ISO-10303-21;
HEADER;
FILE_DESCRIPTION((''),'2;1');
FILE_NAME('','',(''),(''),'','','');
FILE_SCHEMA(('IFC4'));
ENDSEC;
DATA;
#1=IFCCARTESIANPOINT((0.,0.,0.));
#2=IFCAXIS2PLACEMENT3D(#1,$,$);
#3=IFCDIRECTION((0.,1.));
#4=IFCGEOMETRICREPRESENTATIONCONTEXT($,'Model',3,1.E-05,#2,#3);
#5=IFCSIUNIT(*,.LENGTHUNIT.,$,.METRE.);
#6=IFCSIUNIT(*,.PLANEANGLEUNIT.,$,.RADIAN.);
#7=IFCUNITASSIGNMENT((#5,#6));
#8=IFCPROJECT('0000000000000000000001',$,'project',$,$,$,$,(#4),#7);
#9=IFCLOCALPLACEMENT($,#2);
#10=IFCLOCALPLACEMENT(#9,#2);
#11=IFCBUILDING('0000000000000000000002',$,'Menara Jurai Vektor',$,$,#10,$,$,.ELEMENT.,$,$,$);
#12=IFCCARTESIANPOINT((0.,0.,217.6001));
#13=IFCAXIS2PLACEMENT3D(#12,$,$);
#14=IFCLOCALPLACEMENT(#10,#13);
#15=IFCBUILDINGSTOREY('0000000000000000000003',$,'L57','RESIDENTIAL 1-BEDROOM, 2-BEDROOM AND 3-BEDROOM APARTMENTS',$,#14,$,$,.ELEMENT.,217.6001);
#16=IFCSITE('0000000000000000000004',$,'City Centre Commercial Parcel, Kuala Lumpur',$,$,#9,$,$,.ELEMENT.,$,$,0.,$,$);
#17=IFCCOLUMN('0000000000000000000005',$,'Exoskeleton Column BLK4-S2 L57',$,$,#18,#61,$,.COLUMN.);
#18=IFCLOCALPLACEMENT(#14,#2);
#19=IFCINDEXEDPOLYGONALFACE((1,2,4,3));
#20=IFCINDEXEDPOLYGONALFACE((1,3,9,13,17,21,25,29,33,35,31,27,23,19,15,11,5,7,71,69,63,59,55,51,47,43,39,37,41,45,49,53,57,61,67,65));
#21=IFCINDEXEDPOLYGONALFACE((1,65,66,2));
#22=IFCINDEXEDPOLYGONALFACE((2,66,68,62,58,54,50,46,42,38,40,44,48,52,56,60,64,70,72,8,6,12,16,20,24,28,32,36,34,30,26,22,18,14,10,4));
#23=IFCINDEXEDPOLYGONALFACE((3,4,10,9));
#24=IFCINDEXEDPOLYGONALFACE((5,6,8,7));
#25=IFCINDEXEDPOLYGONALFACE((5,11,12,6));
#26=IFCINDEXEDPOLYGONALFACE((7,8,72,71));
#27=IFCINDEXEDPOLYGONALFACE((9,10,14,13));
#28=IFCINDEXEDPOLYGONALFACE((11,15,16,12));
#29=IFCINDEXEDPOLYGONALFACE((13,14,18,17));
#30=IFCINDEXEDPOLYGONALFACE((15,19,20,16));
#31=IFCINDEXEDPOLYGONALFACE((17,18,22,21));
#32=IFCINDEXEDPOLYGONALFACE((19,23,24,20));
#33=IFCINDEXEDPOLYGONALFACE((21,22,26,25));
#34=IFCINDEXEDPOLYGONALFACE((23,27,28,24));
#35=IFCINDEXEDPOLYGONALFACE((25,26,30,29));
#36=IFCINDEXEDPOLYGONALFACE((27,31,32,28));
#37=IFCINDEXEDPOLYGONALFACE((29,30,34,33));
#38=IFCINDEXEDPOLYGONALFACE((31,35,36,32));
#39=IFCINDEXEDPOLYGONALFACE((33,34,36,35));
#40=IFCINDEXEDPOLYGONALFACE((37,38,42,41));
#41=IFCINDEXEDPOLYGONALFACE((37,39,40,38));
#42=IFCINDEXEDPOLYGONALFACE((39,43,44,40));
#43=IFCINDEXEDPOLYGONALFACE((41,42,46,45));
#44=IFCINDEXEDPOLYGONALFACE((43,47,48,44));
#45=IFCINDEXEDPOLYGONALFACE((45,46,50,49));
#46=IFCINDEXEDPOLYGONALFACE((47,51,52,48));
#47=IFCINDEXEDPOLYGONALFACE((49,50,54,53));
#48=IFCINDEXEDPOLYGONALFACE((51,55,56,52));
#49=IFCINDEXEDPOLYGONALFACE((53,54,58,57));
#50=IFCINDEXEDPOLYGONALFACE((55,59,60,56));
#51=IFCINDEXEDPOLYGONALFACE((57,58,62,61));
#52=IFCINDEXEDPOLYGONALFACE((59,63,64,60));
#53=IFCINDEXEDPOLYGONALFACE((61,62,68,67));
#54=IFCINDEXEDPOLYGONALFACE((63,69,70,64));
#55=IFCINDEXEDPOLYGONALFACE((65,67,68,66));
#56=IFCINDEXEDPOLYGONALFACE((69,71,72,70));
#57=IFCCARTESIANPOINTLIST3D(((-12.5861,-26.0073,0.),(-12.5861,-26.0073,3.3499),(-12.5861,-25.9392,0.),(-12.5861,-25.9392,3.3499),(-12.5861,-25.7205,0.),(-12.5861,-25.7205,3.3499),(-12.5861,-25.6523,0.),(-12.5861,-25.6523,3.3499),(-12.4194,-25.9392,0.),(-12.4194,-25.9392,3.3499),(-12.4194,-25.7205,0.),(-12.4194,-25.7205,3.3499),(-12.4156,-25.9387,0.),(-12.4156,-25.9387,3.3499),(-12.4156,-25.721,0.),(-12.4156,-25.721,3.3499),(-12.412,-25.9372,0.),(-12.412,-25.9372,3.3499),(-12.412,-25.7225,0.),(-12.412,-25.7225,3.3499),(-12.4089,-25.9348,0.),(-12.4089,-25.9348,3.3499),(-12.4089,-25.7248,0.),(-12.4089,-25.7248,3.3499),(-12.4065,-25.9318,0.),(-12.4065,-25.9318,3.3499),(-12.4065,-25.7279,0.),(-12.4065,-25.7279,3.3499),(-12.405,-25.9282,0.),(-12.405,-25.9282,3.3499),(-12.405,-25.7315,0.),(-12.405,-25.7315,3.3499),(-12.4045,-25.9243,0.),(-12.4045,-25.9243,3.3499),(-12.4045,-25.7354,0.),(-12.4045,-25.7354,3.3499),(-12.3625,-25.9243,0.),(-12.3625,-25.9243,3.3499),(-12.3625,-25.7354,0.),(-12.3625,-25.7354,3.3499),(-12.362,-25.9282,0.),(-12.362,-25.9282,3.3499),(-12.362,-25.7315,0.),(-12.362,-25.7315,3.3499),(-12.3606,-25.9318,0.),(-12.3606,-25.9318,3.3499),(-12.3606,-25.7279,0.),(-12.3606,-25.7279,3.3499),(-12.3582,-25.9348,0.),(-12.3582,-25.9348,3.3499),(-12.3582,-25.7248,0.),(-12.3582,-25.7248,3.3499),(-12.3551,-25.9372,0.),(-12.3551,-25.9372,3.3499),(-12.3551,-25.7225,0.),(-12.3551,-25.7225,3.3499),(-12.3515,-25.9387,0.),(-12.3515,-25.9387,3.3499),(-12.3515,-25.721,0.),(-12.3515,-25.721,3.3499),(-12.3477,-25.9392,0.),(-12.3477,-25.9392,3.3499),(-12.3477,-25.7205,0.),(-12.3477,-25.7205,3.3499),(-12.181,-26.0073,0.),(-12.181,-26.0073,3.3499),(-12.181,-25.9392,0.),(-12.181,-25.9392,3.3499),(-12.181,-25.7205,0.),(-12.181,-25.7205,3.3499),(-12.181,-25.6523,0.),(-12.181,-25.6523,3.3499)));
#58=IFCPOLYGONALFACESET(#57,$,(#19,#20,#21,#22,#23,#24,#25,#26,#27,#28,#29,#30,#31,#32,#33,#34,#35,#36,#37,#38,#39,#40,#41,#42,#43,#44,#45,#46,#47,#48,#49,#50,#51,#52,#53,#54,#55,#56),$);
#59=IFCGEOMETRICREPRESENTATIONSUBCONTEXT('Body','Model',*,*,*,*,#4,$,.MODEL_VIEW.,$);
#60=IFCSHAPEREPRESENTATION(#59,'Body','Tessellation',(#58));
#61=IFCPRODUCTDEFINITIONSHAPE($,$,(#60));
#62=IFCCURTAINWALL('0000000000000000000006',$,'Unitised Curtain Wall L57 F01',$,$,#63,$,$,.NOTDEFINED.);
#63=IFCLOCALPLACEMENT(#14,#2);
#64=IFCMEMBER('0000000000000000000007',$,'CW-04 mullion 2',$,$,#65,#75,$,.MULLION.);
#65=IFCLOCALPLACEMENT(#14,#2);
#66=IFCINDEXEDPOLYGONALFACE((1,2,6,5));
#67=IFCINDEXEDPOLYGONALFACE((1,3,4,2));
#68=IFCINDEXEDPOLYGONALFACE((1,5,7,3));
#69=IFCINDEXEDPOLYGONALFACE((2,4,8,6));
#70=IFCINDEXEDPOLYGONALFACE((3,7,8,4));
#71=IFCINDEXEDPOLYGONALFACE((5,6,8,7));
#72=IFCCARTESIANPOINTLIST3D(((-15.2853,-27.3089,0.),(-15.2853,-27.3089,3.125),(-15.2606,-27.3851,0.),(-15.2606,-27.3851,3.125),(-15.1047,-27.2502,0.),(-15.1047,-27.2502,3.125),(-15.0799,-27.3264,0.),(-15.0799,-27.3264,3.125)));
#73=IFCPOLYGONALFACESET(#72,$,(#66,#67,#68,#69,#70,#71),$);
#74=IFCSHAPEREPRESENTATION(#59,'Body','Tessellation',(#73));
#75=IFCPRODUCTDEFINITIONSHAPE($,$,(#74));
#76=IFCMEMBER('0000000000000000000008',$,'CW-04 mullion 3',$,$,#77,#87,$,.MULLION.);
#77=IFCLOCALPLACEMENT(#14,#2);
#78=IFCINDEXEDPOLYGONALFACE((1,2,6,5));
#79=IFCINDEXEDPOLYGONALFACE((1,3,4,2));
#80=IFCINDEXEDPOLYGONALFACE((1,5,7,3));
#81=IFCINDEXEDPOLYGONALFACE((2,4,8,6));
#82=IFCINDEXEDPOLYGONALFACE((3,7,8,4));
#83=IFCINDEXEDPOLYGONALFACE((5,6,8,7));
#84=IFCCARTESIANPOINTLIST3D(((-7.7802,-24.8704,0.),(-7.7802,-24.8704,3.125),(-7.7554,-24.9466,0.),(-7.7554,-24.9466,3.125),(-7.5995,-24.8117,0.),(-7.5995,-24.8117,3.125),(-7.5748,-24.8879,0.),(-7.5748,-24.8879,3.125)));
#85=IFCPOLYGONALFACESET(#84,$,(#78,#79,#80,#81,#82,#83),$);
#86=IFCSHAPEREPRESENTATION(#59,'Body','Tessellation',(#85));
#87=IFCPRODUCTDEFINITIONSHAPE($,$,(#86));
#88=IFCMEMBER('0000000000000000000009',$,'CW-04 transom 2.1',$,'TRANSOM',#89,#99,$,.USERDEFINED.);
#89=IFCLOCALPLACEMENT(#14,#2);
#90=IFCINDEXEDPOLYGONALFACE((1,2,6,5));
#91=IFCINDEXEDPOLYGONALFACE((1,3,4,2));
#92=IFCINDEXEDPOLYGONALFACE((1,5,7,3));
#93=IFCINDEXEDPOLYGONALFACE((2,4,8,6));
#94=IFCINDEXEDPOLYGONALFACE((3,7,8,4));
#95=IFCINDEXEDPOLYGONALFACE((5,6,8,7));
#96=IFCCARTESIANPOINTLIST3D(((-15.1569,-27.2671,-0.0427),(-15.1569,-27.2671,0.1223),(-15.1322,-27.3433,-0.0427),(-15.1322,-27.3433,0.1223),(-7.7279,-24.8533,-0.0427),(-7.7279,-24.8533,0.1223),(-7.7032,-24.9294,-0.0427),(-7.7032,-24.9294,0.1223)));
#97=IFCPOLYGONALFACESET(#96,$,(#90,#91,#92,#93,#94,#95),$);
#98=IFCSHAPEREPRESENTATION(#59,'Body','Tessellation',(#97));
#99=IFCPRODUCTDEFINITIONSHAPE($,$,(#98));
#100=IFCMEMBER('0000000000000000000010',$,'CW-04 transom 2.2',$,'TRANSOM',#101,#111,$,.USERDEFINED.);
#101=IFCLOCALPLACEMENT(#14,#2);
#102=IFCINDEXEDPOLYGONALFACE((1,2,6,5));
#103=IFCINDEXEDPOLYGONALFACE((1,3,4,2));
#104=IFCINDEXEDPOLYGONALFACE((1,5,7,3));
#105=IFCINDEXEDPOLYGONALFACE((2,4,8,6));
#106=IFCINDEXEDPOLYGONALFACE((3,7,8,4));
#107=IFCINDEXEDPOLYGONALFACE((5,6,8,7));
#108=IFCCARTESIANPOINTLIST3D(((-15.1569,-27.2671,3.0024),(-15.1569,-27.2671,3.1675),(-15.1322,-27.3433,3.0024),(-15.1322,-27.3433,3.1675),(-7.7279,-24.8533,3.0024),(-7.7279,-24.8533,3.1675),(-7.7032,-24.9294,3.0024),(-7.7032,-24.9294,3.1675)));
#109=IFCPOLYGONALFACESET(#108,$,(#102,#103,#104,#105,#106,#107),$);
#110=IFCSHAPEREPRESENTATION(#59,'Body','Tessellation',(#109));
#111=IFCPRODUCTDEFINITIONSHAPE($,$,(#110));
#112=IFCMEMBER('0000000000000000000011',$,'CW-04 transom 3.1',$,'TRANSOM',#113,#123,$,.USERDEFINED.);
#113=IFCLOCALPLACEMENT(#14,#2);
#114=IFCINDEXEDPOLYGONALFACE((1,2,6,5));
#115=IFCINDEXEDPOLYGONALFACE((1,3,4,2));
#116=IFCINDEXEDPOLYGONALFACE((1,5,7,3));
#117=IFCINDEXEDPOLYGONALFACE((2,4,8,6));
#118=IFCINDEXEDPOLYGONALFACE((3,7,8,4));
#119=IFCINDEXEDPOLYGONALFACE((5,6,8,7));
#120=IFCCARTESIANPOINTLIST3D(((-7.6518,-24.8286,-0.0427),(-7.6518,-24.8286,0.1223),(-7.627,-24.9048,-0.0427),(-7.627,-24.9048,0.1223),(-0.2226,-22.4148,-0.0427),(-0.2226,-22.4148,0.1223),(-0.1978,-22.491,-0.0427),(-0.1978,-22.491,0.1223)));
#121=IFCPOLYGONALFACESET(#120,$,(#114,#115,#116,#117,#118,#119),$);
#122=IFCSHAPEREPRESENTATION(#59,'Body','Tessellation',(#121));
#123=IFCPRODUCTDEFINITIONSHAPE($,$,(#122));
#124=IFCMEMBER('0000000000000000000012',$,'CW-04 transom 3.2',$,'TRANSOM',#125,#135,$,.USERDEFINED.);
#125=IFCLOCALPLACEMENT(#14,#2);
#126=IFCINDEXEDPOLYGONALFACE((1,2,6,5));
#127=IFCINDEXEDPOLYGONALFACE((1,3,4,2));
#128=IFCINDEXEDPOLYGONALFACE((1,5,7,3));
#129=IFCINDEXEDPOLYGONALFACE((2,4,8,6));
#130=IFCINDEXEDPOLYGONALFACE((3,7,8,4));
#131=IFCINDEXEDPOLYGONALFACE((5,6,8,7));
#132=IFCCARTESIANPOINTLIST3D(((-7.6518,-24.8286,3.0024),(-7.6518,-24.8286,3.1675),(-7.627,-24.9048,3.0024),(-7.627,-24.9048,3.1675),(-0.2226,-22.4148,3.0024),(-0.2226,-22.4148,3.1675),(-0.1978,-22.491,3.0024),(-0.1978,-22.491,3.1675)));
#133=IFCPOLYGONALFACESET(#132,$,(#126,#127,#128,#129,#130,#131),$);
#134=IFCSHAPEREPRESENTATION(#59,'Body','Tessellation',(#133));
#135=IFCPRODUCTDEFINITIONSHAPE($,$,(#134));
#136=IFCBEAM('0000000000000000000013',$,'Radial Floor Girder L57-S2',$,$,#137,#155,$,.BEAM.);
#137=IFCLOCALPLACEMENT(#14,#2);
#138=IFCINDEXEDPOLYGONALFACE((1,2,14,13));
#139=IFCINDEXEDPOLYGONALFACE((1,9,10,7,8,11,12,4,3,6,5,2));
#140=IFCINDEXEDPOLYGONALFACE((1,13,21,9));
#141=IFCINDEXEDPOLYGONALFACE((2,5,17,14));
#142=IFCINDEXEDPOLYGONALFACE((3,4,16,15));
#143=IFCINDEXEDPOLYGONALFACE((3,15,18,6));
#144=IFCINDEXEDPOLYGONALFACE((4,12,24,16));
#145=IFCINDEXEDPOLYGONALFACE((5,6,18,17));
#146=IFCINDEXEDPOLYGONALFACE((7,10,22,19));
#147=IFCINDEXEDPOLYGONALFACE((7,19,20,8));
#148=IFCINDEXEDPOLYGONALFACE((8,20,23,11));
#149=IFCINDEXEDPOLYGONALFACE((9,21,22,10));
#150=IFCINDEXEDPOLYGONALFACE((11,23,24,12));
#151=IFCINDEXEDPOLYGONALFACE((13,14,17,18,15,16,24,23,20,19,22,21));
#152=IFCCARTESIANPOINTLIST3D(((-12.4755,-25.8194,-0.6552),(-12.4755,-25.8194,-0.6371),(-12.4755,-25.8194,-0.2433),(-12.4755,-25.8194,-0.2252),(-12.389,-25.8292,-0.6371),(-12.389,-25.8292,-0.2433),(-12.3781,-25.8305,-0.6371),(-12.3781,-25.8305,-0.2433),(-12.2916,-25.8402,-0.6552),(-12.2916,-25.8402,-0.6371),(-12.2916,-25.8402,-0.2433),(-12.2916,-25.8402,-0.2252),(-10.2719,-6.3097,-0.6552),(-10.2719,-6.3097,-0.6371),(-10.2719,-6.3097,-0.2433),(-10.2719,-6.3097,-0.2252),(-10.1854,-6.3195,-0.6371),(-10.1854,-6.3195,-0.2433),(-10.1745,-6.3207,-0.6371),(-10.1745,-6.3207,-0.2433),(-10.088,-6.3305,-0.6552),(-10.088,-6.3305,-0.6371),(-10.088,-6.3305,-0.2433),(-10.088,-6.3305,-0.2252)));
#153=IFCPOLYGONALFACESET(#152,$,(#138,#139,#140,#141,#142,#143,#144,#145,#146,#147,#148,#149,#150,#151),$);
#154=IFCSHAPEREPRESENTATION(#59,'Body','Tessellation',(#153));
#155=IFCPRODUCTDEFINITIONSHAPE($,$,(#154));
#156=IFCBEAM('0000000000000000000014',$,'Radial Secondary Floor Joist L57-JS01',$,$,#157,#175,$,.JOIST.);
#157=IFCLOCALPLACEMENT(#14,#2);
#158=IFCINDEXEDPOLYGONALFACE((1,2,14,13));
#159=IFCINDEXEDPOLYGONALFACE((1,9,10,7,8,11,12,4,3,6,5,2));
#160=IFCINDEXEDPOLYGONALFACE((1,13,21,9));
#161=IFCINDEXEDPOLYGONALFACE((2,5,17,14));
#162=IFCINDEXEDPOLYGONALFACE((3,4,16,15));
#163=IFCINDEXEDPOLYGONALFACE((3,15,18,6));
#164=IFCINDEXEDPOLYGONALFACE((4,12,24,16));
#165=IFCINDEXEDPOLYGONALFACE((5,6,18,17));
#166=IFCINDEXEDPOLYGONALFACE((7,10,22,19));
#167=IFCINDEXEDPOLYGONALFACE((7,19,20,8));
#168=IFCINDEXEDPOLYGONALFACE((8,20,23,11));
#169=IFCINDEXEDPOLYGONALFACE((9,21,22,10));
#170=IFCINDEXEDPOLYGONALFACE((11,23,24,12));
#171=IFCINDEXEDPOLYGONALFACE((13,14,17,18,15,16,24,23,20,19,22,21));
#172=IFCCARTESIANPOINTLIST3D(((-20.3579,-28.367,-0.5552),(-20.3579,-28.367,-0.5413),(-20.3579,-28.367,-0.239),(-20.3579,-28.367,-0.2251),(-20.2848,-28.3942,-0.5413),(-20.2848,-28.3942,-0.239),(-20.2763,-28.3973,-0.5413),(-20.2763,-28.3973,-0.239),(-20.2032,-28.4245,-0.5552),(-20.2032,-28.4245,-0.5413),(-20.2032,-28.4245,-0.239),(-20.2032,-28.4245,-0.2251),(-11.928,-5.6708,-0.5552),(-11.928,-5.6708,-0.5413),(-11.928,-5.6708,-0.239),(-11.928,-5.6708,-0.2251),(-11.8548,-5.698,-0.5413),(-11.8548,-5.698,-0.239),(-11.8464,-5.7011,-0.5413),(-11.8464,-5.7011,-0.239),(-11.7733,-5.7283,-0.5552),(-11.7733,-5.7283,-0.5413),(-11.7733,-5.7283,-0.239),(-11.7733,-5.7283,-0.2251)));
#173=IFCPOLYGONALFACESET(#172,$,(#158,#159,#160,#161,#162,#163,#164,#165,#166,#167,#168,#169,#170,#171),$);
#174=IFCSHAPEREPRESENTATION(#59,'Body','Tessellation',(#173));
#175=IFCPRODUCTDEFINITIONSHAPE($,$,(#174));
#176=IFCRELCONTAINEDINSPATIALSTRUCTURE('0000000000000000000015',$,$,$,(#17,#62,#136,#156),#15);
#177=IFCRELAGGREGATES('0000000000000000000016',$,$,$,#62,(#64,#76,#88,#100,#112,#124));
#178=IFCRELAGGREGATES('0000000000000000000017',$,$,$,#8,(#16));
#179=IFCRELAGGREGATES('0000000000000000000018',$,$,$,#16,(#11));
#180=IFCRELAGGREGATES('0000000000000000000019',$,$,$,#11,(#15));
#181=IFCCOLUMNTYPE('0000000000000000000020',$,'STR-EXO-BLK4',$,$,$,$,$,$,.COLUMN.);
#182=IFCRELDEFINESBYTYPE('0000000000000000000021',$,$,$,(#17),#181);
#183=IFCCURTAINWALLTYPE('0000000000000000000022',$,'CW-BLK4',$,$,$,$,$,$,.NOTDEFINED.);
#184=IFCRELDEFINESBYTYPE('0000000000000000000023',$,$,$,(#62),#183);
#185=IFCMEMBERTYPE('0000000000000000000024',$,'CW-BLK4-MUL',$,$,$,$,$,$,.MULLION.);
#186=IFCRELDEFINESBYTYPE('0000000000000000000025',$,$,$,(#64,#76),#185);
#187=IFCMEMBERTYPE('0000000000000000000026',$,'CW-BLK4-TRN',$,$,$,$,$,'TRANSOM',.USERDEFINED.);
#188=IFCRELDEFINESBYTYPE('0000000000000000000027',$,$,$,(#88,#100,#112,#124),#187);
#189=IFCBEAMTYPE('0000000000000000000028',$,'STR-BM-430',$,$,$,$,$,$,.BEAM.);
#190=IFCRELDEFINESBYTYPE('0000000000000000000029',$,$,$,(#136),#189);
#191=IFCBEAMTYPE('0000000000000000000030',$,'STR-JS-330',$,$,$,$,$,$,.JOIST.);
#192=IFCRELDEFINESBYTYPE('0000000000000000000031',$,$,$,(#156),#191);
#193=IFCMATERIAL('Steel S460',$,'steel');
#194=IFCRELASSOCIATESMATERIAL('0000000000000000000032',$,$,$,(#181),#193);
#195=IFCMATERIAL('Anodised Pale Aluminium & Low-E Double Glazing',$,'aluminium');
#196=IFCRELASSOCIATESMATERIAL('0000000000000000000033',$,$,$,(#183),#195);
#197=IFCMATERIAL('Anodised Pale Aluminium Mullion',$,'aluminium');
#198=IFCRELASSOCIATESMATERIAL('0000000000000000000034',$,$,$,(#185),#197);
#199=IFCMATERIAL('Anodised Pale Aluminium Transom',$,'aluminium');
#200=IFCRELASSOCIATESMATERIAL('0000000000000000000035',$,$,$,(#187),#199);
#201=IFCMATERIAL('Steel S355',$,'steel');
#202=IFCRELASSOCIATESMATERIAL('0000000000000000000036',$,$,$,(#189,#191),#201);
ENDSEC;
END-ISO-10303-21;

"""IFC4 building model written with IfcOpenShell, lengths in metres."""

from ifc_helpers import new_model, si_unit, direction, frame, origin, origin_2d, place, context, subcontext, project, spatial, rectangle, i_section, extrude, material, material_profile, profile_set, type_object, element, aggregate, save


model = new_model("IFC4")

# Units and contexts
model_context = context("Model", 3, precision=1e-05, world=origin(), true_north=direction((0.0, 1.0)))
body_context = subcontext(model_context, "Body", "Model", "MODEL_VIEW")
ifc_project = project(units=[si_unit("LENGTHUNIT", "METRE"), si_unit("PLANEANGLEUNIT", "RADIAN")], contexts=[model_context])

# Site, building, storey
site_placement = place(None, origin())
site = spatial("IfcSite", under=ifc_project, at=site_placement, Name="City Centre Commercial Parcel, Kuala Lumpur", CompositionType="ELEMENT", RefElevation=0.0)
building_placement = place(site_placement, origin())
building = spatial("IfcBuilding", under=site, at=building_placement, Name="Menara Jurai Vektor", CompositionType="ELEMENT")
storey_placement = place(building_placement, frame((0.0, 0.0, 217.6001)))
storey = spatial("IfcBuildingStorey", under=building, at=storey_placement, Name="L57", Description="RESIDENTIAL 1-BEDROOM, 2-BEDROOM AND 3-BEDROOM APARTMENTS", CompositionType="ELEMENT", Elevation=217.6001)

# Column
ifc_material_1 = material(Name="Steel S460", Category="steel")
ifc_material_profile_1 = material_profile(ifc_material_1, i_section(OverallWidth=0.405, OverallDepth=0.355, WebThickness=0.042, FlangeThickness=0.0681, FilletRadius=0.0149, at=origin_2d()), Name="HD 400x551")
ifc_profile_set_1 = profile_set([ifc_material_profile_1], Name="Steel S460")
column_type = type_object("IfcColumnType", Name="STR-EXO-BLK4", PredefinedType="COLUMN", material=ifc_profile_set_1)
column_placement = place(storey_placement, frame((-12.3835, -25.8298, 0.0), z_axis=(0.0, 0.0, 1.0), x_axis=(1.0, 0.0, 0.0)))
element("IfcColumn", 1, at=column_placement, inside=storey, type_object=column_type, Name="Exoskeleton Column BLK4-S2 L57", PredefinedType="COLUMN", context=body_context, shape_type="SweptSolid", body=[
    extrude(i_section(OverallWidth=0.405, OverallDepth=0.355, WebThickness=0.042, FlangeThickness=0.0681, FilletRadius=0.0149, at=origin_2d()), origin(), (0.0, 0.0, 1.0), 3.3499),
])

# Curtain wall, members
ifc_material_2 = material(Name="Anodised Pale Aluminium & Low-E Double Glazing", Category="aluminium")
curtain_wall_type = type_object("IfcCurtainWallType", Name="CW-BLK4", PredefinedType="NOTDEFINED", material=ifc_material_2)
curtain_wall_placement = place(storey_placement, origin())
curtain_wall = element("IfcCurtainWall", 2, at=curtain_wall_placement, inside=storey, type_object=curtain_wall_type, Name="Unitised Curtain Wall L57 F01", PredefinedType="NOTDEFINED")
ifc_material_3 = material(Name="Anodised Pale Aluminium Mullion", Category="aluminium")
ifc_material_profile_2 = material_profile(ifc_material_3, rectangle(XDim=0.0801, YDim=0.1899, at=origin_2d()), Name="ALU MUL 80x190")
ifc_profile_set_2 = profile_set([ifc_material_profile_2], Name="Anodised Pale Aluminium Mullion")
member_type_1 = type_object("IfcMemberType", Name="CW-BLK4-MUL", PredefinedType="MULLION", material=ifc_profile_set_2)
member_1_placement = place(storey_placement, frame((-15.1826, -27.3176, 0.0), z_axis=(0.0, 0.0, 1.0), x_axis=(-0.309017, 0.951056, 0.0)))
member_1 = element("IfcMember", 3, at=member_1_placement, type_object=member_type_1, Name="CW-04 mullion 2", PredefinedType="MULLION", context=body_context, shape_type="SweptSolid", body=[
    extrude(rectangle(XDim=0.0801, YDim=0.1899, at=origin_2d()), origin(), (0.0, 0.0, 1.0), 3.125),
])
member_2_placement = place(storey_placement, frame((-7.6775, -24.8792, 0.0), z_axis=(0.0, 0.0, 1.0), x_axis=(-0.309017, 0.951056, 0.0)))
member_2 = element("IfcMember", 4, at=member_2_placement, type_object=member_type_1, Name="CW-04 mullion 3", PredefinedType="MULLION", context=body_context, shape_type="SweptSolid", body=[
    extrude(rectangle(XDim=0.0801, YDim=0.1899, at=origin_2d()), origin(), (0.0, 0.0, 1.0), 3.125),
])
ifc_material_4 = material(Name="Anodised Pale Aluminium Transom", Category="aluminium")
ifc_material_profile_3 = material_profile(ifc_material_4, rectangle(XDim=0.0801, YDim=0.165, at=origin_2d()), Name="ALU TRN 80x165")
ifc_profile_set_3 = profile_set([ifc_material_profile_3], Name="Anodised Pale Aluminium Transom")
member_type_2 = type_object("IfcMemberType", Name="CW-BLK4-TRN", ElementType="TRANSOM", PredefinedType="USERDEFINED", material=ifc_profile_set_3)
member_3_placement = place(storey_placement, frame((-15.1445, -27.3052, 0.0398), z_axis=(0.951056, 0.309018, 0.0), x_axis=(-0.309018, 0.951056, 0.0)))
member_3 = element("IfcMember", 5, at=member_3_placement, type_object=member_type_2, Name="CW-04 transom 2.1", ObjectType="TRANSOM", PredefinedType="USERDEFINED", context=body_context, shape_type="SweptSolid", body=[
    extrude(rectangle(XDim=0.0801, YDim=0.165, at=origin_2d()), origin(), (0.0, 0.0, 1.0), 7.8113),
])
member_4_placement = place(storey_placement, frame((-15.1445, -27.3052, 3.085), z_axis=(0.951056, 0.309018, 0.0), x_axis=(-0.309018, 0.951056, 0.0)))
member_4 = element("IfcMember", 6, at=member_4_placement, type_object=member_type_2, Name="CW-04 transom 2.2", ObjectType="TRANSOM", PredefinedType="USERDEFINED", context=body_context, shape_type="SweptSolid", body=[
    extrude(rectangle(XDim=0.0801, YDim=0.165, at=origin_2d()), origin(), (0.0, 0.0, 1.0), 7.8113),
])
member_5_placement = place(storey_placement, frame((-7.6394, -24.8667, 0.0398), z_axis=(0.951059, 0.309008, 0.0), x_axis=(-0.309008, 0.951059, 0.0)))
member_5 = element("IfcMember", 7, at=member_5_placement, type_object=member_type_2, Name="CW-04 transom 3.1", ObjectType="TRANSOM", PredefinedType="USERDEFINED", context=body_context, shape_type="SweptSolid", body=[
    extrude(rectangle(XDim=0.0801, YDim=0.165, at=origin_2d()), origin(), (0.0, 0.0, 1.0), 7.8115),
])
member_6_placement = place(storey_placement, frame((-7.6394, -24.8667, 3.085), z_axis=(0.951059, 0.309008, 0.0), x_axis=(-0.309008, 0.951059, 0.0)))
member_6 = element("IfcMember", 8, at=member_6_placement, type_object=member_type_2, Name="CW-04 transom 3.2", ObjectType="TRANSOM", PredefinedType="USERDEFINED", context=body_context, shape_type="SweptSolid", body=[
    extrude(rectangle(XDim=0.0801, YDim=0.165, at=origin_2d()), origin(), (0.0, 0.0, 1.0), 7.8115),
])

# Beams
ifc_material_5 = material(Name="Steel S355", Category="steel")
ifc_material_profile_4 = material_profile(ifc_material_5, i_section(OverallWidth=0.1851, OverallDepth=0.4299, WebThickness=0.011, FlangeThickness=0.0181, at=origin_2d()), Name="PG 430x185x76")
ifc_profile_set_4 = profile_set([ifc_material_profile_4], Name="Steel S355")
beam_type_1 = type_object("IfcBeamType", Name="STR-BM-430", PredefinedType="BEAM", material=ifc_profile_set_4)
beam_1_placement = place(storey_placement, frame((-12.3835, -25.8298, -0.4402), z_axis=(0.112236, 0.993682, 0.0), x_axis=(-0.993682, 0.112236, 0.0)))
element("IfcBeam", 9, at=beam_1_placement, inside=storey, type_object=beam_type_1, Name="Radial Floor Girder L57-S2", PredefinedType="BEAM", context=body_context, shape_type="SweptSolid", body=[
    extrude(i_section(OverallWidth=0.1851, OverallDepth=0.4299, WebThickness=0.011, FlangeThickness=0.0181, at=origin_2d()), origin(), (0.0, 0.0, 1.0), 19.6338),
])
ifc_material_profile_5 = material_profile(ifc_material_5, i_section(OverallWidth=0.165, OverallDepth=0.3301, WebThickness=0.009, FlangeThickness=0.0139, at=origin_2d()), Name="PG 330x165x46")
ifc_profile_set_5 = profile_set([ifc_material_profile_5], Name="Steel S355")
beam_type_2 = type_object("IfcBeamType", Name="STR-JS-330", PredefinedType="JOIST", material=ifc_profile_set_5)
beam_2_placement = place(storey_placement, frame((-20.2805, -28.3958, -0.3901), z_axis=(0.348182, 0.937427, 0.0), x_axis=(-0.937427, 0.348182, 0.0)))
element("IfcBeam", 10, at=beam_2_placement, inside=storey, type_object=beam_type_2, Name="Radial Secondary Floor Joist L57-JS01", PredefinedType="JOIST", context=body_context, shape_type="SweptSolid", body=[
    extrude(i_section(OverallWidth=0.165, OverallDepth=0.3301, WebThickness=0.009, FlangeThickness=0.0139, at=origin_2d()), origin(), (0.0, 0.0, 1.0), 24.2112),
])

aggregate(curtain_wall, [member_1, member_2, member_3, member_4, member_5, member_6])

save(model, "model.ifc")
